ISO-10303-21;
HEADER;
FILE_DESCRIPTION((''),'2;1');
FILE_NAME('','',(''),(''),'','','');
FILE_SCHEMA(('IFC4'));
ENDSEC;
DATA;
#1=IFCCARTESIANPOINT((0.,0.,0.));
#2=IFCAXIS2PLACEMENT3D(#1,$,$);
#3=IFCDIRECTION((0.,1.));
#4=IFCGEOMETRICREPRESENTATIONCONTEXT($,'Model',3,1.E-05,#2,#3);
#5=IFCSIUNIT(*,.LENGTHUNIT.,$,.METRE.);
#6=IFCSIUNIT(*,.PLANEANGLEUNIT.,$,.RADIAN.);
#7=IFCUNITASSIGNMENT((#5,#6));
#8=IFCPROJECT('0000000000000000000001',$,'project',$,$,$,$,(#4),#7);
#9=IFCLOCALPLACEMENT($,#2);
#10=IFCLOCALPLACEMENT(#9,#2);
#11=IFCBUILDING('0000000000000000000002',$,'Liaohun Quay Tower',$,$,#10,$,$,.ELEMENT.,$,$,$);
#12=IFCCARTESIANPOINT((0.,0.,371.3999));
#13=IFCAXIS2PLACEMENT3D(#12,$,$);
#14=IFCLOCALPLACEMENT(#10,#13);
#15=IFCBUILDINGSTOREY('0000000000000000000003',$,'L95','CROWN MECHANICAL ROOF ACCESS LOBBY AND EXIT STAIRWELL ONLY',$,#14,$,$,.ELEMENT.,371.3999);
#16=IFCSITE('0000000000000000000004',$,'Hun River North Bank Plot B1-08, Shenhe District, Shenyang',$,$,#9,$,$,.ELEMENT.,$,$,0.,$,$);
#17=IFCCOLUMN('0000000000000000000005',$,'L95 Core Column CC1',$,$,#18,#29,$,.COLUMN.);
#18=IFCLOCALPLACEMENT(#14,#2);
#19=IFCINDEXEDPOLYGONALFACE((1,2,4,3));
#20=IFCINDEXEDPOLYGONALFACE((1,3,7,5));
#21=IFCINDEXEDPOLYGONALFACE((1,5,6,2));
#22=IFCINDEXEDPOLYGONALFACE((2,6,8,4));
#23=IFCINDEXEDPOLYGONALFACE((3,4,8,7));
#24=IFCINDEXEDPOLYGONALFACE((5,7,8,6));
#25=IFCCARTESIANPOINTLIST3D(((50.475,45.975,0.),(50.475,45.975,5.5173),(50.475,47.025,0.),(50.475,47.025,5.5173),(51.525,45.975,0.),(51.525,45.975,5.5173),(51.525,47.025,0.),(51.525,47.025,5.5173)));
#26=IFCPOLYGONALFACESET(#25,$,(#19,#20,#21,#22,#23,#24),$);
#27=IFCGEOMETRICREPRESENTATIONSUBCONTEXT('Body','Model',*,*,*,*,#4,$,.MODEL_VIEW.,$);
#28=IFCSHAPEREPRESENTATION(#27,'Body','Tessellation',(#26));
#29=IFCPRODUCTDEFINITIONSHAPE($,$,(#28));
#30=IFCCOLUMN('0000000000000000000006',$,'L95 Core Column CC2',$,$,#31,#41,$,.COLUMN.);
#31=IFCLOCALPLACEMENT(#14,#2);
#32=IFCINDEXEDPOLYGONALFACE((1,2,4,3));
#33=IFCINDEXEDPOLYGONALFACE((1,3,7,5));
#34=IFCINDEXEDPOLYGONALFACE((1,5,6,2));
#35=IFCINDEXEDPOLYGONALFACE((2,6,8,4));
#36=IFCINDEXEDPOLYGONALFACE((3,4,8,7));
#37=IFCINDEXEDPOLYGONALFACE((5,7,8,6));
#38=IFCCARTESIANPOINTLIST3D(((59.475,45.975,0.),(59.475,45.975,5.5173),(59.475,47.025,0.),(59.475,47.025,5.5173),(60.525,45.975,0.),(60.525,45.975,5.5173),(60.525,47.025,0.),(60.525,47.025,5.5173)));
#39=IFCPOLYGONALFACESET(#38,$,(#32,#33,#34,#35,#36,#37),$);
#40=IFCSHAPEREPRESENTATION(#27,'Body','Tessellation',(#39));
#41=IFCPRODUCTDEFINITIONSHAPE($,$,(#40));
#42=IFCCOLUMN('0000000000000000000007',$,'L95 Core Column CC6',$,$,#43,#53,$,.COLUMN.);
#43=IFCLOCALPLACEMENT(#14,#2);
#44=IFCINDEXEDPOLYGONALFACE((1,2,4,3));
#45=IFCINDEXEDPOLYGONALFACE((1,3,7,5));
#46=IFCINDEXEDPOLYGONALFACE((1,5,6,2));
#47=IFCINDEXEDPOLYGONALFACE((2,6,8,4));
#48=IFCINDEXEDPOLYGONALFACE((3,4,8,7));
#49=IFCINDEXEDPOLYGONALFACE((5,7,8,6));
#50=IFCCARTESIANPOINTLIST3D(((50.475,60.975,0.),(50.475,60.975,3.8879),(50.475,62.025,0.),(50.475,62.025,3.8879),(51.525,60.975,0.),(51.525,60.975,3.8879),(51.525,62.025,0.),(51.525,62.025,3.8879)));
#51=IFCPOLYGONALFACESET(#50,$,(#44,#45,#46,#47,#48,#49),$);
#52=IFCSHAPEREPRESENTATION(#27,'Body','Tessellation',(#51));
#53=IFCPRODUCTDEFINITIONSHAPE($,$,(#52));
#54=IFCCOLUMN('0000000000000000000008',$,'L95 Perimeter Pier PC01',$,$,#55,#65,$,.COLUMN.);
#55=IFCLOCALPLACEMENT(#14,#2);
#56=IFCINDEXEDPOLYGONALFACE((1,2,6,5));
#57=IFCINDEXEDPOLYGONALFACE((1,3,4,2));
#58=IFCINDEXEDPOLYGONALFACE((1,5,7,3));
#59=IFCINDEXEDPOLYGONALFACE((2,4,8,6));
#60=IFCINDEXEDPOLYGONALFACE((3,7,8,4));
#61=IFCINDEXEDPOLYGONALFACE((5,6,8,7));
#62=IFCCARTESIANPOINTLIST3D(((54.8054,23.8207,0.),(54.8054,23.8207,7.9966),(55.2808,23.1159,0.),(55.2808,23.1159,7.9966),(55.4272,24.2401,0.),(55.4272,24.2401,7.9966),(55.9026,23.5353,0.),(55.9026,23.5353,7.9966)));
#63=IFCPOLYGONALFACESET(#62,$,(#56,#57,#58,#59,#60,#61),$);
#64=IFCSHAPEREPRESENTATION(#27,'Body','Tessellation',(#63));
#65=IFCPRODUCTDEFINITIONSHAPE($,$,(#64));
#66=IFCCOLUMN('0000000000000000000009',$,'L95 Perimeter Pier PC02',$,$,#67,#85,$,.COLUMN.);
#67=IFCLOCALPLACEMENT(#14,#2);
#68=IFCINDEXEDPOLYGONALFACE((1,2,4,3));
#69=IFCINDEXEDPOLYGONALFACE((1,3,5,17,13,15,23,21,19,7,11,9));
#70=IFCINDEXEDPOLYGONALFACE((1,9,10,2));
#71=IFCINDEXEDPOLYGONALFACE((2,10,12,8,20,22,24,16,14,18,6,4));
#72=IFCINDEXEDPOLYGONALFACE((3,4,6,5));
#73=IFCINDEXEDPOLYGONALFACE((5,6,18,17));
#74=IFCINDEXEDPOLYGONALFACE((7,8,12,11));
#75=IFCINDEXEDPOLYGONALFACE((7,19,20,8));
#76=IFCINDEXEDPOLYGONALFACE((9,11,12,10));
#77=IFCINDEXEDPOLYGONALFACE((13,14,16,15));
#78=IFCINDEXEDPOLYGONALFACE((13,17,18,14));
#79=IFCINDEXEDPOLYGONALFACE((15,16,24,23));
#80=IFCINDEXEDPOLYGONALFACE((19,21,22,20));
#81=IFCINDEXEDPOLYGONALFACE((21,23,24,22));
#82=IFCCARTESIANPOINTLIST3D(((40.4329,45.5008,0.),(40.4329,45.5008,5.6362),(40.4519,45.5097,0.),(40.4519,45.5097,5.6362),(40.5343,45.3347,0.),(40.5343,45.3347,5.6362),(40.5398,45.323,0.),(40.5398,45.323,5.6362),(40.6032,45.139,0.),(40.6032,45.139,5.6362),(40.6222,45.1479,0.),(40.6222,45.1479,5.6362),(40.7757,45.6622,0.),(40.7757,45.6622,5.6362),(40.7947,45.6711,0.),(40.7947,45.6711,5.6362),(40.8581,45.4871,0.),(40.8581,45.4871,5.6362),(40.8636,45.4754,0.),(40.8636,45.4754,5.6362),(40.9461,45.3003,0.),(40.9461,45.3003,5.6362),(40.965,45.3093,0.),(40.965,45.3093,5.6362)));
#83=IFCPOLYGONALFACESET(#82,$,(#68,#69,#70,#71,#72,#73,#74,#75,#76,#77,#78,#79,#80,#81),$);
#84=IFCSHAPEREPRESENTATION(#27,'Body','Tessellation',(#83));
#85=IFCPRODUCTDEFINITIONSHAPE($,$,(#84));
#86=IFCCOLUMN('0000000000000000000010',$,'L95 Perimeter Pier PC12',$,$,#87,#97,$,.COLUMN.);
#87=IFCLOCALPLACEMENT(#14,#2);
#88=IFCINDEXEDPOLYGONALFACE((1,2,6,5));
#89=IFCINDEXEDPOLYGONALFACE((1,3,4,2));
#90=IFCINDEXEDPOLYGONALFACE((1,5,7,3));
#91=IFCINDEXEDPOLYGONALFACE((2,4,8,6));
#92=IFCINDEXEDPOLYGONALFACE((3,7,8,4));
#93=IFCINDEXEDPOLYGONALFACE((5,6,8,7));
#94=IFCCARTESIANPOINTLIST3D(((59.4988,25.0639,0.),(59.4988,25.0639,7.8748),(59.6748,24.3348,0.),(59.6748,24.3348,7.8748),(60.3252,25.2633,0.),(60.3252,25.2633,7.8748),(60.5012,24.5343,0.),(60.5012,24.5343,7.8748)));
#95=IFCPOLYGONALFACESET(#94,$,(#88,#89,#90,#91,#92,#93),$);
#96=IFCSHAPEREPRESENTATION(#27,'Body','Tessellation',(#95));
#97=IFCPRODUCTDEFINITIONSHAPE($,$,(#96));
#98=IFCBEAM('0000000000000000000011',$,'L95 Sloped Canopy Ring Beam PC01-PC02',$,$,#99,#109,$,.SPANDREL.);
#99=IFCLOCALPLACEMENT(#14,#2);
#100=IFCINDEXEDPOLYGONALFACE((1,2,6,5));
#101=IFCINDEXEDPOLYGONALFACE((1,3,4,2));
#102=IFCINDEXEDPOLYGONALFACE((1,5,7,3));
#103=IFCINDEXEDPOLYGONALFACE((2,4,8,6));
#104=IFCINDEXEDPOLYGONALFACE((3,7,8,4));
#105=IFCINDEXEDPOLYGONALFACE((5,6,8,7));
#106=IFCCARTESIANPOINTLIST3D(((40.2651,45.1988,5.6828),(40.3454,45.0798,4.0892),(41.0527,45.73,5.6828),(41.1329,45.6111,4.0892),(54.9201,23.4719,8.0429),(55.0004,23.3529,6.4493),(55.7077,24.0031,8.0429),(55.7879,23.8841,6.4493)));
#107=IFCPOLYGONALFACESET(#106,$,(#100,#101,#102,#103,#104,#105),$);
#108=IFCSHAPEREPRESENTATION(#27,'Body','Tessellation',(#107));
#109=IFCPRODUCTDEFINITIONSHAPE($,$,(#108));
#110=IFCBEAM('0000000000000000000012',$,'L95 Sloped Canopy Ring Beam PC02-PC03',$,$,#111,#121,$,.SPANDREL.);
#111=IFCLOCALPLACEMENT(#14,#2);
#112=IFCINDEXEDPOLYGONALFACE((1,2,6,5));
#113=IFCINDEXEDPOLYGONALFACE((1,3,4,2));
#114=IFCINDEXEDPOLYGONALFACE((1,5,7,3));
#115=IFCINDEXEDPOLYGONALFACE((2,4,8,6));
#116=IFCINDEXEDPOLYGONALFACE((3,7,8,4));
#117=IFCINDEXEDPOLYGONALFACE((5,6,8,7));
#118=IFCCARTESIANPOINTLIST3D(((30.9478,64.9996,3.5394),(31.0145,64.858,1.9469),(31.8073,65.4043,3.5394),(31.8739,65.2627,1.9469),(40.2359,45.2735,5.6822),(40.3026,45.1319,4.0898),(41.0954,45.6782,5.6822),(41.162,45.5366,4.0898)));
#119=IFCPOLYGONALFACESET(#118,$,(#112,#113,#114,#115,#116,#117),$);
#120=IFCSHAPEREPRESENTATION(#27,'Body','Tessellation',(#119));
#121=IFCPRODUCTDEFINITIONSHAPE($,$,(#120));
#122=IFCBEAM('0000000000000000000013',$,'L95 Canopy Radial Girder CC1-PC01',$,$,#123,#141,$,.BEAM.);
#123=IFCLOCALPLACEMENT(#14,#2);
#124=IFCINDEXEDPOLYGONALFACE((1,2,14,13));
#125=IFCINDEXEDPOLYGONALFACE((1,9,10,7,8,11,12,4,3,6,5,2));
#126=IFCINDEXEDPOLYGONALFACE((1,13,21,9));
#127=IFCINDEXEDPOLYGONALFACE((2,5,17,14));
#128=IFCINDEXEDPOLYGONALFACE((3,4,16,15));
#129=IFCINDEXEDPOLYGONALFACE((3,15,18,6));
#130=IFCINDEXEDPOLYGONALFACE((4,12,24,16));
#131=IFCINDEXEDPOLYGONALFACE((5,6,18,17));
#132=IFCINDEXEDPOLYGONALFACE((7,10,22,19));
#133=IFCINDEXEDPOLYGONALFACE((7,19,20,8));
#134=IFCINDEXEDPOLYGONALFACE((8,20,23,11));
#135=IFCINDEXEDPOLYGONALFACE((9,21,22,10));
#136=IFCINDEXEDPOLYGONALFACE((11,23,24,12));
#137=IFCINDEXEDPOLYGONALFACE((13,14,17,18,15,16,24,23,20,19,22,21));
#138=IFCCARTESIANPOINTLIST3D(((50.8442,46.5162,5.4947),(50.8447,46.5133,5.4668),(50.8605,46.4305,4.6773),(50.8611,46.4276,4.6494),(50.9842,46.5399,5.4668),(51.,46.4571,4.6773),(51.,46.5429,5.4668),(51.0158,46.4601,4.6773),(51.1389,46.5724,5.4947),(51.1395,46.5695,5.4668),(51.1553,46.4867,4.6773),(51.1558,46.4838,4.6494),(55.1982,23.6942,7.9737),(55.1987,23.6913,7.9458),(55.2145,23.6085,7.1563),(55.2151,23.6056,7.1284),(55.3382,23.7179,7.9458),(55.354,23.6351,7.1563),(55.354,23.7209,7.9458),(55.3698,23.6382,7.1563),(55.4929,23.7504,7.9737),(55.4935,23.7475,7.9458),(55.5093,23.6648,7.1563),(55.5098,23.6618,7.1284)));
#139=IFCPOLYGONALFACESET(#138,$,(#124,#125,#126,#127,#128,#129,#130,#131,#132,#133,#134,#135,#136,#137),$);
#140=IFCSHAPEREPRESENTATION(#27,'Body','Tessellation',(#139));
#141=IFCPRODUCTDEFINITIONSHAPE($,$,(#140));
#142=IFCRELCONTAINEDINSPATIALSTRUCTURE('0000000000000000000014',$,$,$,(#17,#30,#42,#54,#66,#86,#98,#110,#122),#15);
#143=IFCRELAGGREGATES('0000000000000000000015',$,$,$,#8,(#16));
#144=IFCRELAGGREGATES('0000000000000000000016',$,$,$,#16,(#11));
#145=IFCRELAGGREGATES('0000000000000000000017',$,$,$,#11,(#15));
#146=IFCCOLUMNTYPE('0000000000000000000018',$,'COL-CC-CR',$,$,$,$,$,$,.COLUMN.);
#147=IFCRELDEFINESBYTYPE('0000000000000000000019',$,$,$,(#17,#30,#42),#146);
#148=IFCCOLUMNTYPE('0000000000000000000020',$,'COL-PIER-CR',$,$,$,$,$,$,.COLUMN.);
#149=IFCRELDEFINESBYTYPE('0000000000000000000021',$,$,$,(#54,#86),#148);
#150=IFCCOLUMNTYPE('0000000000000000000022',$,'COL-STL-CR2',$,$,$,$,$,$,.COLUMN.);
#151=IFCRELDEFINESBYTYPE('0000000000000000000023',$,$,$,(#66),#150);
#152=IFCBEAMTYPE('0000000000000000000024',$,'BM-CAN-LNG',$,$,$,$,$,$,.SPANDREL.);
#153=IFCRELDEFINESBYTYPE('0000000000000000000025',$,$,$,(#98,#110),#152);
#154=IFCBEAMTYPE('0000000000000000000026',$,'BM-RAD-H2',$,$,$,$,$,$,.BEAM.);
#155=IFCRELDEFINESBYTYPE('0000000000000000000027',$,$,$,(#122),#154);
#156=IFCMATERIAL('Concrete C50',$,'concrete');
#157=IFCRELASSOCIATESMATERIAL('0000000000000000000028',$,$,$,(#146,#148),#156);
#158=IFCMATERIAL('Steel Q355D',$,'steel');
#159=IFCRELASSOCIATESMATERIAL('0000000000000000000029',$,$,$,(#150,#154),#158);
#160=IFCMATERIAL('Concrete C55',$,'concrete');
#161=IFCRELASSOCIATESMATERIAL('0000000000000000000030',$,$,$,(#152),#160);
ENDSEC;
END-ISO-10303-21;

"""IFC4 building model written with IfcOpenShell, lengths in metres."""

from ifc_helpers import new_model, si_unit, direction, frame, origin, origin_2d, place, context, subcontext, project, spatial, rectangle, i_section, extrude, source, transform, mapped, material, material_profile, profile_set, type_object, element, save


model = new_model("IFC4")

# Units and contexts
model_context = context("Model", 3, precision=1e-05, world=origin(), true_north=direction((0.0, 1.0)))
body_context = subcontext(model_context, "Body", "Model", "MODEL_VIEW")
ifc_project = project(units=[si_unit("LENGTHUNIT", "METRE"), si_unit("PLANEANGLEUNIT", "RADIAN")], contexts=[model_context])

# Site, building, storey
site_placement = place(None, origin())
site = spatial("IfcSite", under=ifc_project, at=site_placement, Name="Hun River North Bank Plot B1-08, Shenhe District, Shenyang", CompositionType="ELEMENT", RefElevation=0.0)
building_placement = place(site_placement, origin())
building = spatial("IfcBuilding", under=site, at=building_placement, Name="Liaohun Quay Tower", CompositionType="ELEMENT")
storey_placement = place(building_placement, frame((0.0, 0.0, 371.3999)))
storey = spatial("IfcBuildingStorey", under=building, at=storey_placement, Name="L95", Description="CROWN MECHANICAL ROOF ACCESS LOBBY AND EXIT STAIRWELL ONLY", CompositionType="ELEMENT", Elevation=371.3999)

# Columns
ifc_material_1 = material(Name="Concrete C50", Category="concrete")
ifc_material_profile_1 = material_profile(ifc_material_1, rectangle(XDim=1.05, YDim=1.05, at=origin_2d()), Name="RC1050x1050")
ifc_profile_set_1 = profile_set([ifc_material_profile_1], Name="Concrete C50")
column_type_1 = type_object("IfcColumnType", Name="COL-CC-CR", PredefinedType="COLUMN", material=ifc_profile_set_1)
shared_shape_1 = source(origin(), body_context, "Body", "SweptSolid", [
    extrude(rectangle(XDim=1.05, YDim=1.05, at=origin_2d()), origin(), (0.0, 0.0, 1.0), 5.5173),
])
for number, where, z_axis, x_axis, name in (
    (1, (51.0, 46.5, 0.0), (0.0, 0.0, 1.0), (1.0, 0.0, 0.0), "L95 Core Column CC1"),
    (2, (60.0, 46.5, 0.0), (0.0, 0.0, 1.0), (1.0, 0.0, 0.0), "L95 Core Column CC2"),
):
    element("IfcColumn", number, at=place(storey_placement, frame(where, z_axis=z_axis, x_axis=x_axis)), inside=storey, type_object=column_type_1, Name=name, PredefinedType="COLUMN", context=body_context, shape_type="MappedRepresentation", body=[
        mapped(shared_shape_1, transform((0.0, 0.0, 0.0), x_axis=(1.0, 0.0, 0.0), y_axis=(0.0, 1.0, 0.0), z_axis=(0.0, 0.0, 1.0), scale=1.0)),
    ])
shared_shape_2 = source(origin(), body_context, "Body", "SweptSolid", [
    extrude(rectangle(XDim=1.05, YDim=1.05, at=origin_2d()), origin(), (0.0, 0.0, 1.0), 3.8879),
])
column_1_placement = place(storey_placement, frame((51.0, 61.5, 0.0), z_axis=(0.0, 0.0, 1.0), x_axis=(1.0, 0.0, 0.0)))
element("IfcColumn", 3, at=column_1_placement, inside=storey, type_object=column_type_1, Name="L95 Core Column CC6", PredefinedType="COLUMN", context=body_context, shape_type="MappedRepresentation", body=[
    mapped(shared_shape_2, transform((0.0, 0.0, 0.0), x_axis=(1.0, 0.0, 0.0), y_axis=(0.0, 1.0, 0.0), z_axis=(0.0, 0.0, 1.0), scale=1.0)),
])
ifc_material_profile_2 = material_profile(ifc_material_1, rectangle(XDim=0.8501, YDim=0.75, at=origin_2d()), Name="RC850x750")
ifc_profile_set_2 = profile_set([ifc_material_profile_2], Name="Concrete C50")
column_type_2 = type_object("IfcColumnType", Name="COL-PIER-CR", PredefinedType="COLUMN", material=ifc_profile_set_2)
shared_shape_3 = source(origin(), body_context, "Body", "SweptSolid", [
    extrude(rectangle(XDim=0.8501, YDim=0.75, at=origin_2d()), origin(), (0.0, 0.0, 1.0), 7.9966),
])
column_2_placement = place(storey_placement, frame((55.354, 23.678, 0.0), z_axis=(0.0, 0.0, 1.0), x_axis=(-0.559193, 0.829038, 0.0)))
element("IfcColumn", 4, at=column_2_placement, inside=storey, type_object=column_type_2, Name="L95 Perimeter Pier PC01", PredefinedType="COLUMN", context=body_context, shape_type="MappedRepresentation", body=[
    mapped(shared_shape_3, transform((0.0, 0.0, 0.0), x_axis=(1.0, 0.0, 0.0), y_axis=(0.0, 1.0, 0.0), z_axis=(0.0, 0.0, 1.0), scale=1.0)),
])
ifc_material_2 = material(Name="Steel Q355D", Category="steel")
ifc_material_profile_3 = material_profile(ifc_material_2, i_section(OverallWidth=0.3999, OverallDepth=0.3999, WebThickness=0.0129, FlangeThickness=0.021, at=origin_2d()), Name="HW400x400x13x21")
ifc_profile_set_3 = profile_set([ifc_material_profile_3], Name="Steel Q355D")
column_type_3 = type_object("IfcColumnType", Name="COL-STL-CR2", PredefinedType="COLUMN", material=ifc_profile_set_3)
shared_shape_4 = source(origin(), body_context, "Body", "SweptSolid", [
    extrude(i_section(OverallWidth=0.3999, OverallDepth=0.3999, WebThickness=0.0129, FlangeThickness=0.021, at=origin_2d()), origin(), (0.0, 0.0, 1.0), 5.6362),
])
column_3_placement = place(storey_placement, frame((40.699, 45.405, 0.0), z_axis=(0.0, 0.0, 1.0), x_axis=(-0.425937, 0.904753, 0.0)))
element("IfcColumn", 5, at=column_3_placement, inside=storey, type_object=column_type_3, Name="L95 Perimeter Pier PC02", PredefinedType="COLUMN", context=body_context, shape_type="MappedRepresentation", body=[
    mapped(shared_shape_4, transform((0.0, 0.0, 0.0), x_axis=(1.0, 0.0, 0.0), y_axis=(0.0, 1.0, 0.0), z_axis=(0.0, 0.0, 1.0), scale=1.0)),
])
shared_shape_5 = source(origin(), body_context, "Body", "SweptSolid", [
    extrude(rectangle(XDim=0.8501, YDim=0.75, at=origin_2d()), origin(), (0.0, 0.0, 1.0), 7.8748),
])
column_4_placement = place(storey_placement, frame((60.0, 24.7991, 0.0), z_axis=(0.0, 0.0, 1.0), x_axis=(0.972084, 0.234633, 0.0)))
element("IfcColumn", 6, at=column_4_placement, inside=storey, type_object=column_type_2, Name="L95 Perimeter Pier PC12", PredefinedType="COLUMN", context=body_context, shape_type="MappedRepresentation", body=[
    mapped(shared_shape_5, transform((0.0, 0.0, 0.0), x_axis=(1.0, 0.0, 0.0), y_axis=(0.0, 1.0, 0.0), z_axis=(0.0, 0.0, 1.0), scale=1.0)),
])

# Beams
ifc_material_3 = material(Name="Concrete C55", Category="concrete")
ifc_material_profile_4 = material_profile(ifc_material_3, rectangle(XDim=0.95, YDim=1.6001, at=origin_2d()), Name="RC950x1600")
ifc_profile_set_4 = profile_set([ifc_material_profile_4], Name="Concrete C55")
beam_type_1 = type_object("IfcBeamType", Name="BM-CAN-LNG", PredefinedType="SPANDREL", material=ifc_profile_set_4)
shared_shape_6 = source(origin(), body_context, "Body", "SweptSolid", [
    extrude(rectangle(XDim=0.95, YDim=1.6001, at=origin_2d()), origin(), (0.0, 0.0, 1.0), 26.3135),
])
beam_1_placement = place(storey_placement, frame((55.354, 23.678, 7.2461), z_axis=(-0.556938, 0.825697, -0.089692), x_axis=(-0.829038, -0.559192, 0.0)))
element("IfcBeam", 7, at=beam_1_placement, inside=storey, type_object=beam_type_1, Name="L95 Sloped Canopy Ring Beam PC01-PC02", PredefinedType="SPANDREL", context=body_context, shape_type="MappedRepresentation", body=[
    mapped(shared_shape_6, transform((0.0, 0.0, 0.0), x_axis=(1.0, 0.0, 0.0), y_axis=(0.0, 1.0, 0.0), z_axis=(0.0, 0.0, 1.0), scale=1.0)),
])
shared_shape_7 = source(origin(), body_context, "Body", "SweptSolid", [
    extrude(rectangle(XDim=0.95, YDim=1.6001, at=origin_2d()), origin(), (0.0, 0.0, 1.0), 21.9084),
])
beam_2_placement = place(storey_placement, frame((40.699, 45.405, 4.886), z_axis=(-0.423951, 0.900388, -0.097808), x_axis=(-0.904726, -0.425993, 0.0)))
element("IfcBeam", 8, at=beam_2_placement, inside=storey, type_object=beam_type_1, Name="L95 Sloped Canopy Ring Beam PC02-PC03", PredefinedType="SPANDREL", context=body_context, shape_type="MappedRepresentation", body=[
    mapped(shared_shape_7, transform((0.0, 0.0, 0.0), x_axis=(1.0, 0.0, 0.0), y_axis=(0.0, 1.0, 0.0), z_axis=(0.0, 0.0, 1.0), scale=1.0)),
])
ifc_material_profile_5 = material_profile(ifc_material_2, i_section(OverallWidth=0.3, OverallDepth=0.8501, WebThickness=0.0161, FlangeThickness=0.0281, at=origin_2d()), Name="HN850x300x16x28")
ifc_profile_set_5 = profile_set([ifc_material_profile_5], Name="Steel Q355D")
beam_type_2 = type_object("IfcBeamType", Name="BM-RAD-H2", PredefinedType="BEAM", material=ifc_profile_set_5)
shared_shape_8 = source(origin(), body_context, "Body", "SweptSolid", [
    extrude(i_section(OverallWidth=0.3, OverallDepth=0.8501, WebThickness=0.0161, FlangeThickness=0.0281, at=origin_2d()), origin(), (0.0, 0.0, 1.0), 23.3655),
])
beam_3_placement = place(storey_placement, frame((51.0, 46.5, 5.072), z_axis=(0.186343, -0.976739, 0.106097), x_axis=(0.982284, 0.187401, 0.0)))
element("IfcBeam", 9, at=beam_3_placement, inside=storey, type_object=beam_type_2, Name="L95 Canopy Radial Girder CC1-PC01", PredefinedType="BEAM", context=body_context, shape_type="MappedRepresentation", body=[
    mapped(shared_shape_8, transform((0.0, 0.0, 0.0), x_axis=(1.0, 0.0, 0.0), y_axis=(0.0, 1.0, 0.0), z_axis=(0.0, 0.0, 1.0), scale=1.0)),
])

save(model, "model.ifc")
